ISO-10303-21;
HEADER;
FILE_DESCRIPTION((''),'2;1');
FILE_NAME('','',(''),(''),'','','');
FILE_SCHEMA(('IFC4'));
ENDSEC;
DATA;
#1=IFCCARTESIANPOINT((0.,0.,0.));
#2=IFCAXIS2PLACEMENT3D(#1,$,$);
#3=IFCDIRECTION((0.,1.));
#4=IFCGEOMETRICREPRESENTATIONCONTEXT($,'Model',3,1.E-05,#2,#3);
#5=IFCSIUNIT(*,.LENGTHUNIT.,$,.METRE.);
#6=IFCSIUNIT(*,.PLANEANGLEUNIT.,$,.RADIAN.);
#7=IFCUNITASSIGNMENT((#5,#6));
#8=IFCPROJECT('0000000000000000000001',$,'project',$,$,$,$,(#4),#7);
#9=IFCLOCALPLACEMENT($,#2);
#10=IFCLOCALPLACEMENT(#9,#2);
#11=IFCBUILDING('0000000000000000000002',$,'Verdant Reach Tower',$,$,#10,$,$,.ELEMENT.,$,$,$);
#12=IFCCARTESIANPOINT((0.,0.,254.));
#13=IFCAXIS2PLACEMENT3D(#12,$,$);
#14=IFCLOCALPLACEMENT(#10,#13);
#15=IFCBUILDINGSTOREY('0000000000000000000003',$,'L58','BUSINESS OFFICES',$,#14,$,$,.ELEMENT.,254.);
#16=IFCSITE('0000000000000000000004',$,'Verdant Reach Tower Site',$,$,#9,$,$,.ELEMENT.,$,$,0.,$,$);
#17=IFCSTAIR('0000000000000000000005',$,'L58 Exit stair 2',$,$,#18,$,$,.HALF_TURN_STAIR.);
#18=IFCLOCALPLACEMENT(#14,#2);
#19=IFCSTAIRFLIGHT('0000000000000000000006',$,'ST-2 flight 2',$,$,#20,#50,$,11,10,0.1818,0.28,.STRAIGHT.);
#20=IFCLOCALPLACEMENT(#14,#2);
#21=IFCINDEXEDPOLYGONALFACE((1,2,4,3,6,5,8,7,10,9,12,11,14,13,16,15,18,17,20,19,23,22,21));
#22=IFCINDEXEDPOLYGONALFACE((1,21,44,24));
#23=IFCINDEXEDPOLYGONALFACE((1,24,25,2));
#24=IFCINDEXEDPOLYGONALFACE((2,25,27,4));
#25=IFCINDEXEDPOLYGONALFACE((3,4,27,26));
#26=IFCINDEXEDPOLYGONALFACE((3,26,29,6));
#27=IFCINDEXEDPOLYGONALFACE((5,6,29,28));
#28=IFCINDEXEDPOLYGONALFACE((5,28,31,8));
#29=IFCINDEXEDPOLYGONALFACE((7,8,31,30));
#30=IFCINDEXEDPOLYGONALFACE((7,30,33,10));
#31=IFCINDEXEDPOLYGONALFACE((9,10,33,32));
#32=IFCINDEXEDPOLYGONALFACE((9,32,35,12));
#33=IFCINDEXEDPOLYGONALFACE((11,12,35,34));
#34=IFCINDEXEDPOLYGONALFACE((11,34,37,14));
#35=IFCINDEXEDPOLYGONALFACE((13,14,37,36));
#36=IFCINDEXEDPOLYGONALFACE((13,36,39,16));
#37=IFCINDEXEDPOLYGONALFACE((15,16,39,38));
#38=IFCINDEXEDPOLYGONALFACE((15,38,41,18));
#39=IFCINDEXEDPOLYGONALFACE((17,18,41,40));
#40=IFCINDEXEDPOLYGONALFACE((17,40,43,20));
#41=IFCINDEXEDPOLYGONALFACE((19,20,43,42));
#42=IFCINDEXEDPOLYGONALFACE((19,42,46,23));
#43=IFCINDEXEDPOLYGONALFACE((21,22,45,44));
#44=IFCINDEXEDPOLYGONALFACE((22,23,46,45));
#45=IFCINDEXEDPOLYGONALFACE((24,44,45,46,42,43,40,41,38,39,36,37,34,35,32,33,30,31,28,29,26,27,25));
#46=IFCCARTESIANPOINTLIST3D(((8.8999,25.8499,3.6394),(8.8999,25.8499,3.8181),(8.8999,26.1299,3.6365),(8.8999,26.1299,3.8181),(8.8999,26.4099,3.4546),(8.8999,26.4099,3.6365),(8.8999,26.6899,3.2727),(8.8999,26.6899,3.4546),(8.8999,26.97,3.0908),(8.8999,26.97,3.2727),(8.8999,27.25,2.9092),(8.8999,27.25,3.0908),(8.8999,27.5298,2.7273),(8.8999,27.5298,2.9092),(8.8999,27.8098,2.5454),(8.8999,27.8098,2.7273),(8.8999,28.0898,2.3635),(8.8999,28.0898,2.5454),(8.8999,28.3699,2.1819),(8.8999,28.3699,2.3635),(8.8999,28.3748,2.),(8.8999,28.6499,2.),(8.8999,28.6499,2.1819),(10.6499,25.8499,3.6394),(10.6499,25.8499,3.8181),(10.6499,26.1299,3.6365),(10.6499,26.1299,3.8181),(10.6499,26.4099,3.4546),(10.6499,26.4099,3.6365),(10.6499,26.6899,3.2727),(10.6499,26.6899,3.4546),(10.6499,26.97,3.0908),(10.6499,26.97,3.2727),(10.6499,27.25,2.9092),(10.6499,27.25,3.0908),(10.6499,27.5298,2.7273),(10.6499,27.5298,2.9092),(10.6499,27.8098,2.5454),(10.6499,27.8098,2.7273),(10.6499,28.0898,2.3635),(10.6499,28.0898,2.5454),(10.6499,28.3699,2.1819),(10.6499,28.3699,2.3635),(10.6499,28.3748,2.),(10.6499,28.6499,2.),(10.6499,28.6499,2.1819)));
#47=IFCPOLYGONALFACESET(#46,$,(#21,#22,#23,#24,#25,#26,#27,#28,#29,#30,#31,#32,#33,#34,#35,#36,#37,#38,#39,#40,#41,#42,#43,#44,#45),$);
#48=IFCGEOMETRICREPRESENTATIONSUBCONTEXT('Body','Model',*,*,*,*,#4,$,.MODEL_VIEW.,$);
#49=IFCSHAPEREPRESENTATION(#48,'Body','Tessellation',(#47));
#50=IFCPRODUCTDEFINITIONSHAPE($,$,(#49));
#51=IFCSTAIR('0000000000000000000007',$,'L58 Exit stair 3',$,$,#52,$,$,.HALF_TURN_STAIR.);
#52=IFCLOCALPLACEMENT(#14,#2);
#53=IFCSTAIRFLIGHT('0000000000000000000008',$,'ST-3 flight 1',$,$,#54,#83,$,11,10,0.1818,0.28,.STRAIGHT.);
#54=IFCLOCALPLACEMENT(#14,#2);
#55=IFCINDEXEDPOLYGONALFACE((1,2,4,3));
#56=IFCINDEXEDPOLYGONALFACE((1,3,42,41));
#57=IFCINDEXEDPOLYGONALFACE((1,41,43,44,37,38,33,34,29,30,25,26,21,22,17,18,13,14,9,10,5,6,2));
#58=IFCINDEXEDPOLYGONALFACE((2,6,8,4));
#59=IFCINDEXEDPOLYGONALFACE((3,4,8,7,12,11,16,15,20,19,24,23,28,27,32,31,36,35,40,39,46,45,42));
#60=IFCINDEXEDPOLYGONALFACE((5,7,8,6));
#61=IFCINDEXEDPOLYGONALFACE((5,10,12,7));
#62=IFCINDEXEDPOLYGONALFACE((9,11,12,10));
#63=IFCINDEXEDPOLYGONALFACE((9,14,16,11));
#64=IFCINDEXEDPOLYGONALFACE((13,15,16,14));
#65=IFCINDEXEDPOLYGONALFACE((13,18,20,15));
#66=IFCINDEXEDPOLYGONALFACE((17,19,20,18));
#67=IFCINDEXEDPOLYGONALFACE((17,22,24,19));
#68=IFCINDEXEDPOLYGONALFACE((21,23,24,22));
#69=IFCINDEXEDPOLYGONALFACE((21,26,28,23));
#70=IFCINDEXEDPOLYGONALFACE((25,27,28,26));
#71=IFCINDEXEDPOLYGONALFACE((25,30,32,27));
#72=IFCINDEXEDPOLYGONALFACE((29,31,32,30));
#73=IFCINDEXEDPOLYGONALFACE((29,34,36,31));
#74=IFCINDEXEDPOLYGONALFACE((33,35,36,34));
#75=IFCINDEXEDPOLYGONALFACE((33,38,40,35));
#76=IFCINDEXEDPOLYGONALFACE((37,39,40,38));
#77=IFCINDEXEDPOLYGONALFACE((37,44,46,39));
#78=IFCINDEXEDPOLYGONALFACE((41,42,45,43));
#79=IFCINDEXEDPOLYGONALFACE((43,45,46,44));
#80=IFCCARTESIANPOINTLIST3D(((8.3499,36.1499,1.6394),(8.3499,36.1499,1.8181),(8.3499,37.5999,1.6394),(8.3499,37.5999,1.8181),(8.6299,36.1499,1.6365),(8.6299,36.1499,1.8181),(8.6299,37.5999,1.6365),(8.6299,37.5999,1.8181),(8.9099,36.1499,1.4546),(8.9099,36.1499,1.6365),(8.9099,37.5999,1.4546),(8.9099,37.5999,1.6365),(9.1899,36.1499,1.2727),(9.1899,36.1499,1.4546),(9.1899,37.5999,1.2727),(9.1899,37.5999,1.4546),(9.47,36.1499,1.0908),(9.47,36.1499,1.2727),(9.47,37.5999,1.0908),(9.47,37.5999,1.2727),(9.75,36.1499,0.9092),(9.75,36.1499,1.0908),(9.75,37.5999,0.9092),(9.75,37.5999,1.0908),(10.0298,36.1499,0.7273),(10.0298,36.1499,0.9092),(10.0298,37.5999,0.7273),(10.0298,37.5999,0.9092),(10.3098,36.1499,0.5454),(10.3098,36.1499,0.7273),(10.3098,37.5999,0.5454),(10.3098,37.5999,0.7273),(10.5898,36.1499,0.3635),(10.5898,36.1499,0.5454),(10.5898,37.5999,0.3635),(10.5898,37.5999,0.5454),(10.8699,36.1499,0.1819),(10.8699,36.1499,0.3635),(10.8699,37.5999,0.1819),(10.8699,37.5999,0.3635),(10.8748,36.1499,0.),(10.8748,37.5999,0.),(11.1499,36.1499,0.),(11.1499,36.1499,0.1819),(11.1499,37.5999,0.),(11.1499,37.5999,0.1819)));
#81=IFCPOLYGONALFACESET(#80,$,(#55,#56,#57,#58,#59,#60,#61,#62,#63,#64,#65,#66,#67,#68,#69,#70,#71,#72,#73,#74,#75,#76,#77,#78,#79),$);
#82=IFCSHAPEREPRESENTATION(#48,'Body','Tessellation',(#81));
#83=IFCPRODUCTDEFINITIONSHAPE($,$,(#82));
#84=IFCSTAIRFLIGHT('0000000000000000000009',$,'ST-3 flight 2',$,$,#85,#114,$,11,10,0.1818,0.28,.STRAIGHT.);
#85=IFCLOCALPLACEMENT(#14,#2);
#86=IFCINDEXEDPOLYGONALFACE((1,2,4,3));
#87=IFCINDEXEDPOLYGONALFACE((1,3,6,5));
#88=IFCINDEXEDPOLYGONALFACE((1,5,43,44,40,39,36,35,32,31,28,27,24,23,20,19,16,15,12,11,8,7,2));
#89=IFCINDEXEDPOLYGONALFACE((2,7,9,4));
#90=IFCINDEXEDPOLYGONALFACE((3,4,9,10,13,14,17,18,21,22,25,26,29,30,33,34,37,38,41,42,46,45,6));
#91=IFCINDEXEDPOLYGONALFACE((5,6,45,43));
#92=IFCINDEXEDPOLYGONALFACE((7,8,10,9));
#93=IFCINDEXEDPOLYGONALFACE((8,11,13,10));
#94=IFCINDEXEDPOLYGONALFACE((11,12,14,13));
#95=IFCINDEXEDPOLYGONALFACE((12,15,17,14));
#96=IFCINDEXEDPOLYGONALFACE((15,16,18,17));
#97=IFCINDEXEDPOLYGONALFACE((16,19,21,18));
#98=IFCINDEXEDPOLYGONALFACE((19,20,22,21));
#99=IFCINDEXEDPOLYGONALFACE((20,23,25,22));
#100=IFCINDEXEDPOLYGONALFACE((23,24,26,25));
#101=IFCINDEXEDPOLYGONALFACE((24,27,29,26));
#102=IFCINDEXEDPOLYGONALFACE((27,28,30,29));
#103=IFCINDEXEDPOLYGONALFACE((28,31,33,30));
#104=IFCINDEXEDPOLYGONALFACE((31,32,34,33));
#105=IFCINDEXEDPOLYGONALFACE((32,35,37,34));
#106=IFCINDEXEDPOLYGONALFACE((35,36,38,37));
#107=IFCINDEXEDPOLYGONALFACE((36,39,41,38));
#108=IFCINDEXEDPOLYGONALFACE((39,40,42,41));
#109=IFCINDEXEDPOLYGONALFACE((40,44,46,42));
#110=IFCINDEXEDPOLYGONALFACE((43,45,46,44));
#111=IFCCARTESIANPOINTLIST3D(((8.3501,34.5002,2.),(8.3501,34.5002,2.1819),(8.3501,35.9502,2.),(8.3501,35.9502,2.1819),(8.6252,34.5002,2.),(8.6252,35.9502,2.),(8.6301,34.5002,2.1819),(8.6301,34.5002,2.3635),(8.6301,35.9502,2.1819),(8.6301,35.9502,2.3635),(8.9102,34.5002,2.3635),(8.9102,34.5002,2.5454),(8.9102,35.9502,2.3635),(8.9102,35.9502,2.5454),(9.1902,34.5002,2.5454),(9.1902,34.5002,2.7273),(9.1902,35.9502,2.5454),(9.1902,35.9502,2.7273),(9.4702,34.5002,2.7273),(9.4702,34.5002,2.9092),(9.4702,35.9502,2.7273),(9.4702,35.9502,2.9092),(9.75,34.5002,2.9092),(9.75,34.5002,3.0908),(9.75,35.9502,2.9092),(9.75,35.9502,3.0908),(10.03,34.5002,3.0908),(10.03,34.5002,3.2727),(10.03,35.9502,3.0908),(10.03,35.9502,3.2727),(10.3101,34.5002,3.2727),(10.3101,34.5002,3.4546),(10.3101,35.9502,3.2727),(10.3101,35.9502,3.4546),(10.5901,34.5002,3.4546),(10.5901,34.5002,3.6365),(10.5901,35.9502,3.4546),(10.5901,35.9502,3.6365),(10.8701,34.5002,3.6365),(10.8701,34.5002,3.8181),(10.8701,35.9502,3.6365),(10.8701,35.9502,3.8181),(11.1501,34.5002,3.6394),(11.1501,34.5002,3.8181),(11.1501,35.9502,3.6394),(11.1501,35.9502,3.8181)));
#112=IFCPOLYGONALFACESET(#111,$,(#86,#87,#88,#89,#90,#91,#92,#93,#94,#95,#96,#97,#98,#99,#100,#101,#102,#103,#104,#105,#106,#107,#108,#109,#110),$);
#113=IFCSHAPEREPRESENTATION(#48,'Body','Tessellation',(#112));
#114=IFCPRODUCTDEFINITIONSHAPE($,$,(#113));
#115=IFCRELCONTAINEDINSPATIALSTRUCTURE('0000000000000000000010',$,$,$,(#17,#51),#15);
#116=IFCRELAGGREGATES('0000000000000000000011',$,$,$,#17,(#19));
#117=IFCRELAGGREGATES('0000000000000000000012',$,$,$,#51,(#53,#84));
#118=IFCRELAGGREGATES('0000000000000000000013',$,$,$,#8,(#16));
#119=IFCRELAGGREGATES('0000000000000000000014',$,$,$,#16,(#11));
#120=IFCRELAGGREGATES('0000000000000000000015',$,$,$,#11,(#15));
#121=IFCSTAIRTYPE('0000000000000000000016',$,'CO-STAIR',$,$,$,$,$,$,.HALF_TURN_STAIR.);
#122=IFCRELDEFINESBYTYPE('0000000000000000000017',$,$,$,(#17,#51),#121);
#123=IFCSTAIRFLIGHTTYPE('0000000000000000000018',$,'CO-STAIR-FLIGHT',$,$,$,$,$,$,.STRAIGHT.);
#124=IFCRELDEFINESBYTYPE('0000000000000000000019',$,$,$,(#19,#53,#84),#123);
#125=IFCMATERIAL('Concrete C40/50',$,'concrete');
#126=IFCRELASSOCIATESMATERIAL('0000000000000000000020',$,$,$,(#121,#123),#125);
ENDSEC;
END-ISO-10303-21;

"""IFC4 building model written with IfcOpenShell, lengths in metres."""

from ifc_helpers import new_model, si_unit, direction, frame, origin, place, context, subcontext, project, spatial, polyline, outline, extrude, material, type_object, element, aggregate, save


model = new_model("IFC4")

# Units and contexts
model_context = context("Model", 3, precision=1e-05, world=origin(), true_north=direction((0.0, 1.0)))
body_context = subcontext(model_context, "Body", "Model", "MODEL_VIEW")
ifc_project = project(units=[si_unit("LENGTHUNIT", "METRE"), si_unit("PLANEANGLEUNIT", "RADIAN")], contexts=[model_context])

# Site, building, storey
site_placement = place(None, origin())
site = spatial("IfcSite", under=ifc_project, at=site_placement, Name="Verdant Reach Tower Site", CompositionType="ELEMENT", RefElevation=0.0)
building_placement = place(site_placement, origin())
building = spatial("IfcBuilding", under=site, at=building_placement, Name="Verdant Reach Tower", CompositionType="ELEMENT")
storey_placement = place(building_placement, frame((0.0, 0.0, 254.0)))
storey = spatial("IfcBuildingStorey", under=building, at=storey_placement, Name="L58", Description="BUSINESS OFFICES", CompositionType="ELEMENT", Elevation=254.0)

# Shared definitions
ifc_material_1 = material(Name="Concrete C40/50", Category="concrete")

# Stair, stair flight
stair_type = type_object("IfcStairType", Name="CO-STAIR", PredefinedType="HALF_TURN_STAIR", material=ifc_material_1)
stair_1_placement = place(storey_placement, origin())
stair_1 = element("IfcStair", 1, at=stair_1_placement, inside=storey, type_object=stair_type, Name="L58 Exit stair 2", PredefinedType="HALF_TURN_STAIR")
stair_flight_type = type_object("IfcStairFlightType", Name="CO-STAIR-FLIGHT", PredefinedType="STRAIGHT", material=ifc_material_1)
stair_flight_1_placement = place(storey_placement, frame((9.7749, 28.6499, 2.0), z_axis=(0.0, 0.0, 1.0), x_axis=(0.0, -1.0, 0.0)))
stair_flight_1 = element("IfcStairFlight", 2, at=stair_flight_1_placement, type_object=stair_flight_type, Name="ST-2 flight 2", NumberOfRisers=11, NumberOfTreads=10, PredefinedType="STRAIGHT", RiserHeight=0.1818, TreadLength=0.28, context=body_context, shape_type="SweptSolid", body=[
    extrude(outline(polyline([(0.0, 0.0), (0.0, 0.1819), (0.28, 0.1819), (0.28, 0.3635), (0.5601, 0.3635), (0.5601, 0.5454), (0.8401, 0.5454), (0.8401, 0.7273), (1.1201, 0.7273), (1.1201, 0.9092), (1.3999, 0.9092), (1.3999, 1.0908), (1.6799, 1.0908), (1.6799, 1.2727), (1.96, 1.2727), (1.96, 1.4546), (2.24, 1.4546), (2.24, 1.6365), (2.52, 1.6365), (2.52, 1.8181), (2.8, 1.8181), (2.8, 2.0), (2.8, 1.6394), (0.2751, 0.0), (0.0, 0.0)])), frame((0.0, 0.875, 0.0), z_axis=(0.0, -1.0, 0.0), x_axis=(1.0, 0.0, 0.0)), (0.0, 0.0, 1.0), 1.75),
])
aggregate(stair_1, [stair_flight_1])

# Stair, stair flights
stair_2_placement = place(storey_placement, origin())
stair_2 = element("IfcStair", 3, at=stair_2_placement, inside=storey, type_object=stair_type, Name="L58 Exit stair 3", PredefinedType="HALF_TURN_STAIR")
stair_flight_2_placement = place(storey_placement, frame((11.1499, 36.875, 0.0), z_axis=(0.0, 0.0, 1.0), x_axis=(-1.0, 0.0, 0.0)))
stair_flight_2 = element("IfcStairFlight", 4, at=stair_flight_2_placement, type_object=stair_flight_type, Name="ST-3 flight 1", NumberOfRisers=11, NumberOfTreads=10, PredefinedType="STRAIGHT", RiserHeight=0.1818, TreadLength=0.28, context=body_context, shape_type="SweptSolid", body=[
    extrude(outline(polyline([(0.0, 0.0), (0.0, 0.1819), (0.28, 0.1819), (0.28, 0.3635), (0.5601, 0.3635), (0.5601, 0.5454), (0.8401, 0.5454), (0.8401, 0.7273), (1.1201, 0.7273), (1.1201, 0.9092), (1.3999, 0.9092), (1.3999, 1.0908), (1.6799, 1.0908), (1.6799, 1.2727), (1.96, 1.2727), (1.96, 1.4546), (2.24, 1.4546), (2.24, 1.6365), (2.52, 1.6365), (2.52, 1.8181), (2.8, 1.8181), (2.8, 2.0), (2.8, 1.6394), (0.2751, 0.0), (0.0, 0.0)])), frame((0.0, 0.7251, 0.0), z_axis=(0.0, -1.0, 0.0), x_axis=(1.0, 0.0, 0.0)), (0.0, 0.0, 1.0), 1.45),
])
stair_flight_3_placement = place(storey_placement, frame((8.3501, 35.2251, 2.0), z_axis=(0.0, 0.0, 1.0), x_axis=(1.0, 0.0, 0.0)))
stair_flight_3 = element("IfcStairFlight", 5, at=stair_flight_3_placement, type_object=stair_flight_type, Name="ST-3 flight 2", NumberOfRisers=11, NumberOfTreads=10, PredefinedType="STRAIGHT", RiserHeight=0.1818, TreadLength=0.28, context=body_context, shape_type="SweptSolid", body=[
    extrude(outline(polyline([(0.0, 0.0), (0.0, 0.1819), (0.28, 0.1819), (0.28, 0.3635), (0.5601, 0.3635), (0.5601, 0.5454), (0.8401, 0.5454), (0.8401, 0.7273), (1.1201, 0.7273), (1.1201, 0.9092), (1.3999, 0.9092), (1.3999, 1.0908), (1.6799, 1.0908), (1.6799, 1.2727), (1.96, 1.2727), (1.96, 1.4546), (2.24, 1.4546), (2.24, 1.6365), (2.52, 1.6365), (2.52, 1.8181), (2.8, 1.8181), (2.8, 2.0), (2.8, 1.6394), (0.2751, 0.0), (0.0, 0.0)])), frame((0.0, 0.7251, 0.0), z_axis=(0.0, -1.0, 0.0), x_axis=(1.0, 0.0, 0.0)), (0.0, 0.0, 1.0), 1.45),
])
aggregate(stair_2, [stair_flight_2, stair_flight_3])

save(model, "model.ifc")
